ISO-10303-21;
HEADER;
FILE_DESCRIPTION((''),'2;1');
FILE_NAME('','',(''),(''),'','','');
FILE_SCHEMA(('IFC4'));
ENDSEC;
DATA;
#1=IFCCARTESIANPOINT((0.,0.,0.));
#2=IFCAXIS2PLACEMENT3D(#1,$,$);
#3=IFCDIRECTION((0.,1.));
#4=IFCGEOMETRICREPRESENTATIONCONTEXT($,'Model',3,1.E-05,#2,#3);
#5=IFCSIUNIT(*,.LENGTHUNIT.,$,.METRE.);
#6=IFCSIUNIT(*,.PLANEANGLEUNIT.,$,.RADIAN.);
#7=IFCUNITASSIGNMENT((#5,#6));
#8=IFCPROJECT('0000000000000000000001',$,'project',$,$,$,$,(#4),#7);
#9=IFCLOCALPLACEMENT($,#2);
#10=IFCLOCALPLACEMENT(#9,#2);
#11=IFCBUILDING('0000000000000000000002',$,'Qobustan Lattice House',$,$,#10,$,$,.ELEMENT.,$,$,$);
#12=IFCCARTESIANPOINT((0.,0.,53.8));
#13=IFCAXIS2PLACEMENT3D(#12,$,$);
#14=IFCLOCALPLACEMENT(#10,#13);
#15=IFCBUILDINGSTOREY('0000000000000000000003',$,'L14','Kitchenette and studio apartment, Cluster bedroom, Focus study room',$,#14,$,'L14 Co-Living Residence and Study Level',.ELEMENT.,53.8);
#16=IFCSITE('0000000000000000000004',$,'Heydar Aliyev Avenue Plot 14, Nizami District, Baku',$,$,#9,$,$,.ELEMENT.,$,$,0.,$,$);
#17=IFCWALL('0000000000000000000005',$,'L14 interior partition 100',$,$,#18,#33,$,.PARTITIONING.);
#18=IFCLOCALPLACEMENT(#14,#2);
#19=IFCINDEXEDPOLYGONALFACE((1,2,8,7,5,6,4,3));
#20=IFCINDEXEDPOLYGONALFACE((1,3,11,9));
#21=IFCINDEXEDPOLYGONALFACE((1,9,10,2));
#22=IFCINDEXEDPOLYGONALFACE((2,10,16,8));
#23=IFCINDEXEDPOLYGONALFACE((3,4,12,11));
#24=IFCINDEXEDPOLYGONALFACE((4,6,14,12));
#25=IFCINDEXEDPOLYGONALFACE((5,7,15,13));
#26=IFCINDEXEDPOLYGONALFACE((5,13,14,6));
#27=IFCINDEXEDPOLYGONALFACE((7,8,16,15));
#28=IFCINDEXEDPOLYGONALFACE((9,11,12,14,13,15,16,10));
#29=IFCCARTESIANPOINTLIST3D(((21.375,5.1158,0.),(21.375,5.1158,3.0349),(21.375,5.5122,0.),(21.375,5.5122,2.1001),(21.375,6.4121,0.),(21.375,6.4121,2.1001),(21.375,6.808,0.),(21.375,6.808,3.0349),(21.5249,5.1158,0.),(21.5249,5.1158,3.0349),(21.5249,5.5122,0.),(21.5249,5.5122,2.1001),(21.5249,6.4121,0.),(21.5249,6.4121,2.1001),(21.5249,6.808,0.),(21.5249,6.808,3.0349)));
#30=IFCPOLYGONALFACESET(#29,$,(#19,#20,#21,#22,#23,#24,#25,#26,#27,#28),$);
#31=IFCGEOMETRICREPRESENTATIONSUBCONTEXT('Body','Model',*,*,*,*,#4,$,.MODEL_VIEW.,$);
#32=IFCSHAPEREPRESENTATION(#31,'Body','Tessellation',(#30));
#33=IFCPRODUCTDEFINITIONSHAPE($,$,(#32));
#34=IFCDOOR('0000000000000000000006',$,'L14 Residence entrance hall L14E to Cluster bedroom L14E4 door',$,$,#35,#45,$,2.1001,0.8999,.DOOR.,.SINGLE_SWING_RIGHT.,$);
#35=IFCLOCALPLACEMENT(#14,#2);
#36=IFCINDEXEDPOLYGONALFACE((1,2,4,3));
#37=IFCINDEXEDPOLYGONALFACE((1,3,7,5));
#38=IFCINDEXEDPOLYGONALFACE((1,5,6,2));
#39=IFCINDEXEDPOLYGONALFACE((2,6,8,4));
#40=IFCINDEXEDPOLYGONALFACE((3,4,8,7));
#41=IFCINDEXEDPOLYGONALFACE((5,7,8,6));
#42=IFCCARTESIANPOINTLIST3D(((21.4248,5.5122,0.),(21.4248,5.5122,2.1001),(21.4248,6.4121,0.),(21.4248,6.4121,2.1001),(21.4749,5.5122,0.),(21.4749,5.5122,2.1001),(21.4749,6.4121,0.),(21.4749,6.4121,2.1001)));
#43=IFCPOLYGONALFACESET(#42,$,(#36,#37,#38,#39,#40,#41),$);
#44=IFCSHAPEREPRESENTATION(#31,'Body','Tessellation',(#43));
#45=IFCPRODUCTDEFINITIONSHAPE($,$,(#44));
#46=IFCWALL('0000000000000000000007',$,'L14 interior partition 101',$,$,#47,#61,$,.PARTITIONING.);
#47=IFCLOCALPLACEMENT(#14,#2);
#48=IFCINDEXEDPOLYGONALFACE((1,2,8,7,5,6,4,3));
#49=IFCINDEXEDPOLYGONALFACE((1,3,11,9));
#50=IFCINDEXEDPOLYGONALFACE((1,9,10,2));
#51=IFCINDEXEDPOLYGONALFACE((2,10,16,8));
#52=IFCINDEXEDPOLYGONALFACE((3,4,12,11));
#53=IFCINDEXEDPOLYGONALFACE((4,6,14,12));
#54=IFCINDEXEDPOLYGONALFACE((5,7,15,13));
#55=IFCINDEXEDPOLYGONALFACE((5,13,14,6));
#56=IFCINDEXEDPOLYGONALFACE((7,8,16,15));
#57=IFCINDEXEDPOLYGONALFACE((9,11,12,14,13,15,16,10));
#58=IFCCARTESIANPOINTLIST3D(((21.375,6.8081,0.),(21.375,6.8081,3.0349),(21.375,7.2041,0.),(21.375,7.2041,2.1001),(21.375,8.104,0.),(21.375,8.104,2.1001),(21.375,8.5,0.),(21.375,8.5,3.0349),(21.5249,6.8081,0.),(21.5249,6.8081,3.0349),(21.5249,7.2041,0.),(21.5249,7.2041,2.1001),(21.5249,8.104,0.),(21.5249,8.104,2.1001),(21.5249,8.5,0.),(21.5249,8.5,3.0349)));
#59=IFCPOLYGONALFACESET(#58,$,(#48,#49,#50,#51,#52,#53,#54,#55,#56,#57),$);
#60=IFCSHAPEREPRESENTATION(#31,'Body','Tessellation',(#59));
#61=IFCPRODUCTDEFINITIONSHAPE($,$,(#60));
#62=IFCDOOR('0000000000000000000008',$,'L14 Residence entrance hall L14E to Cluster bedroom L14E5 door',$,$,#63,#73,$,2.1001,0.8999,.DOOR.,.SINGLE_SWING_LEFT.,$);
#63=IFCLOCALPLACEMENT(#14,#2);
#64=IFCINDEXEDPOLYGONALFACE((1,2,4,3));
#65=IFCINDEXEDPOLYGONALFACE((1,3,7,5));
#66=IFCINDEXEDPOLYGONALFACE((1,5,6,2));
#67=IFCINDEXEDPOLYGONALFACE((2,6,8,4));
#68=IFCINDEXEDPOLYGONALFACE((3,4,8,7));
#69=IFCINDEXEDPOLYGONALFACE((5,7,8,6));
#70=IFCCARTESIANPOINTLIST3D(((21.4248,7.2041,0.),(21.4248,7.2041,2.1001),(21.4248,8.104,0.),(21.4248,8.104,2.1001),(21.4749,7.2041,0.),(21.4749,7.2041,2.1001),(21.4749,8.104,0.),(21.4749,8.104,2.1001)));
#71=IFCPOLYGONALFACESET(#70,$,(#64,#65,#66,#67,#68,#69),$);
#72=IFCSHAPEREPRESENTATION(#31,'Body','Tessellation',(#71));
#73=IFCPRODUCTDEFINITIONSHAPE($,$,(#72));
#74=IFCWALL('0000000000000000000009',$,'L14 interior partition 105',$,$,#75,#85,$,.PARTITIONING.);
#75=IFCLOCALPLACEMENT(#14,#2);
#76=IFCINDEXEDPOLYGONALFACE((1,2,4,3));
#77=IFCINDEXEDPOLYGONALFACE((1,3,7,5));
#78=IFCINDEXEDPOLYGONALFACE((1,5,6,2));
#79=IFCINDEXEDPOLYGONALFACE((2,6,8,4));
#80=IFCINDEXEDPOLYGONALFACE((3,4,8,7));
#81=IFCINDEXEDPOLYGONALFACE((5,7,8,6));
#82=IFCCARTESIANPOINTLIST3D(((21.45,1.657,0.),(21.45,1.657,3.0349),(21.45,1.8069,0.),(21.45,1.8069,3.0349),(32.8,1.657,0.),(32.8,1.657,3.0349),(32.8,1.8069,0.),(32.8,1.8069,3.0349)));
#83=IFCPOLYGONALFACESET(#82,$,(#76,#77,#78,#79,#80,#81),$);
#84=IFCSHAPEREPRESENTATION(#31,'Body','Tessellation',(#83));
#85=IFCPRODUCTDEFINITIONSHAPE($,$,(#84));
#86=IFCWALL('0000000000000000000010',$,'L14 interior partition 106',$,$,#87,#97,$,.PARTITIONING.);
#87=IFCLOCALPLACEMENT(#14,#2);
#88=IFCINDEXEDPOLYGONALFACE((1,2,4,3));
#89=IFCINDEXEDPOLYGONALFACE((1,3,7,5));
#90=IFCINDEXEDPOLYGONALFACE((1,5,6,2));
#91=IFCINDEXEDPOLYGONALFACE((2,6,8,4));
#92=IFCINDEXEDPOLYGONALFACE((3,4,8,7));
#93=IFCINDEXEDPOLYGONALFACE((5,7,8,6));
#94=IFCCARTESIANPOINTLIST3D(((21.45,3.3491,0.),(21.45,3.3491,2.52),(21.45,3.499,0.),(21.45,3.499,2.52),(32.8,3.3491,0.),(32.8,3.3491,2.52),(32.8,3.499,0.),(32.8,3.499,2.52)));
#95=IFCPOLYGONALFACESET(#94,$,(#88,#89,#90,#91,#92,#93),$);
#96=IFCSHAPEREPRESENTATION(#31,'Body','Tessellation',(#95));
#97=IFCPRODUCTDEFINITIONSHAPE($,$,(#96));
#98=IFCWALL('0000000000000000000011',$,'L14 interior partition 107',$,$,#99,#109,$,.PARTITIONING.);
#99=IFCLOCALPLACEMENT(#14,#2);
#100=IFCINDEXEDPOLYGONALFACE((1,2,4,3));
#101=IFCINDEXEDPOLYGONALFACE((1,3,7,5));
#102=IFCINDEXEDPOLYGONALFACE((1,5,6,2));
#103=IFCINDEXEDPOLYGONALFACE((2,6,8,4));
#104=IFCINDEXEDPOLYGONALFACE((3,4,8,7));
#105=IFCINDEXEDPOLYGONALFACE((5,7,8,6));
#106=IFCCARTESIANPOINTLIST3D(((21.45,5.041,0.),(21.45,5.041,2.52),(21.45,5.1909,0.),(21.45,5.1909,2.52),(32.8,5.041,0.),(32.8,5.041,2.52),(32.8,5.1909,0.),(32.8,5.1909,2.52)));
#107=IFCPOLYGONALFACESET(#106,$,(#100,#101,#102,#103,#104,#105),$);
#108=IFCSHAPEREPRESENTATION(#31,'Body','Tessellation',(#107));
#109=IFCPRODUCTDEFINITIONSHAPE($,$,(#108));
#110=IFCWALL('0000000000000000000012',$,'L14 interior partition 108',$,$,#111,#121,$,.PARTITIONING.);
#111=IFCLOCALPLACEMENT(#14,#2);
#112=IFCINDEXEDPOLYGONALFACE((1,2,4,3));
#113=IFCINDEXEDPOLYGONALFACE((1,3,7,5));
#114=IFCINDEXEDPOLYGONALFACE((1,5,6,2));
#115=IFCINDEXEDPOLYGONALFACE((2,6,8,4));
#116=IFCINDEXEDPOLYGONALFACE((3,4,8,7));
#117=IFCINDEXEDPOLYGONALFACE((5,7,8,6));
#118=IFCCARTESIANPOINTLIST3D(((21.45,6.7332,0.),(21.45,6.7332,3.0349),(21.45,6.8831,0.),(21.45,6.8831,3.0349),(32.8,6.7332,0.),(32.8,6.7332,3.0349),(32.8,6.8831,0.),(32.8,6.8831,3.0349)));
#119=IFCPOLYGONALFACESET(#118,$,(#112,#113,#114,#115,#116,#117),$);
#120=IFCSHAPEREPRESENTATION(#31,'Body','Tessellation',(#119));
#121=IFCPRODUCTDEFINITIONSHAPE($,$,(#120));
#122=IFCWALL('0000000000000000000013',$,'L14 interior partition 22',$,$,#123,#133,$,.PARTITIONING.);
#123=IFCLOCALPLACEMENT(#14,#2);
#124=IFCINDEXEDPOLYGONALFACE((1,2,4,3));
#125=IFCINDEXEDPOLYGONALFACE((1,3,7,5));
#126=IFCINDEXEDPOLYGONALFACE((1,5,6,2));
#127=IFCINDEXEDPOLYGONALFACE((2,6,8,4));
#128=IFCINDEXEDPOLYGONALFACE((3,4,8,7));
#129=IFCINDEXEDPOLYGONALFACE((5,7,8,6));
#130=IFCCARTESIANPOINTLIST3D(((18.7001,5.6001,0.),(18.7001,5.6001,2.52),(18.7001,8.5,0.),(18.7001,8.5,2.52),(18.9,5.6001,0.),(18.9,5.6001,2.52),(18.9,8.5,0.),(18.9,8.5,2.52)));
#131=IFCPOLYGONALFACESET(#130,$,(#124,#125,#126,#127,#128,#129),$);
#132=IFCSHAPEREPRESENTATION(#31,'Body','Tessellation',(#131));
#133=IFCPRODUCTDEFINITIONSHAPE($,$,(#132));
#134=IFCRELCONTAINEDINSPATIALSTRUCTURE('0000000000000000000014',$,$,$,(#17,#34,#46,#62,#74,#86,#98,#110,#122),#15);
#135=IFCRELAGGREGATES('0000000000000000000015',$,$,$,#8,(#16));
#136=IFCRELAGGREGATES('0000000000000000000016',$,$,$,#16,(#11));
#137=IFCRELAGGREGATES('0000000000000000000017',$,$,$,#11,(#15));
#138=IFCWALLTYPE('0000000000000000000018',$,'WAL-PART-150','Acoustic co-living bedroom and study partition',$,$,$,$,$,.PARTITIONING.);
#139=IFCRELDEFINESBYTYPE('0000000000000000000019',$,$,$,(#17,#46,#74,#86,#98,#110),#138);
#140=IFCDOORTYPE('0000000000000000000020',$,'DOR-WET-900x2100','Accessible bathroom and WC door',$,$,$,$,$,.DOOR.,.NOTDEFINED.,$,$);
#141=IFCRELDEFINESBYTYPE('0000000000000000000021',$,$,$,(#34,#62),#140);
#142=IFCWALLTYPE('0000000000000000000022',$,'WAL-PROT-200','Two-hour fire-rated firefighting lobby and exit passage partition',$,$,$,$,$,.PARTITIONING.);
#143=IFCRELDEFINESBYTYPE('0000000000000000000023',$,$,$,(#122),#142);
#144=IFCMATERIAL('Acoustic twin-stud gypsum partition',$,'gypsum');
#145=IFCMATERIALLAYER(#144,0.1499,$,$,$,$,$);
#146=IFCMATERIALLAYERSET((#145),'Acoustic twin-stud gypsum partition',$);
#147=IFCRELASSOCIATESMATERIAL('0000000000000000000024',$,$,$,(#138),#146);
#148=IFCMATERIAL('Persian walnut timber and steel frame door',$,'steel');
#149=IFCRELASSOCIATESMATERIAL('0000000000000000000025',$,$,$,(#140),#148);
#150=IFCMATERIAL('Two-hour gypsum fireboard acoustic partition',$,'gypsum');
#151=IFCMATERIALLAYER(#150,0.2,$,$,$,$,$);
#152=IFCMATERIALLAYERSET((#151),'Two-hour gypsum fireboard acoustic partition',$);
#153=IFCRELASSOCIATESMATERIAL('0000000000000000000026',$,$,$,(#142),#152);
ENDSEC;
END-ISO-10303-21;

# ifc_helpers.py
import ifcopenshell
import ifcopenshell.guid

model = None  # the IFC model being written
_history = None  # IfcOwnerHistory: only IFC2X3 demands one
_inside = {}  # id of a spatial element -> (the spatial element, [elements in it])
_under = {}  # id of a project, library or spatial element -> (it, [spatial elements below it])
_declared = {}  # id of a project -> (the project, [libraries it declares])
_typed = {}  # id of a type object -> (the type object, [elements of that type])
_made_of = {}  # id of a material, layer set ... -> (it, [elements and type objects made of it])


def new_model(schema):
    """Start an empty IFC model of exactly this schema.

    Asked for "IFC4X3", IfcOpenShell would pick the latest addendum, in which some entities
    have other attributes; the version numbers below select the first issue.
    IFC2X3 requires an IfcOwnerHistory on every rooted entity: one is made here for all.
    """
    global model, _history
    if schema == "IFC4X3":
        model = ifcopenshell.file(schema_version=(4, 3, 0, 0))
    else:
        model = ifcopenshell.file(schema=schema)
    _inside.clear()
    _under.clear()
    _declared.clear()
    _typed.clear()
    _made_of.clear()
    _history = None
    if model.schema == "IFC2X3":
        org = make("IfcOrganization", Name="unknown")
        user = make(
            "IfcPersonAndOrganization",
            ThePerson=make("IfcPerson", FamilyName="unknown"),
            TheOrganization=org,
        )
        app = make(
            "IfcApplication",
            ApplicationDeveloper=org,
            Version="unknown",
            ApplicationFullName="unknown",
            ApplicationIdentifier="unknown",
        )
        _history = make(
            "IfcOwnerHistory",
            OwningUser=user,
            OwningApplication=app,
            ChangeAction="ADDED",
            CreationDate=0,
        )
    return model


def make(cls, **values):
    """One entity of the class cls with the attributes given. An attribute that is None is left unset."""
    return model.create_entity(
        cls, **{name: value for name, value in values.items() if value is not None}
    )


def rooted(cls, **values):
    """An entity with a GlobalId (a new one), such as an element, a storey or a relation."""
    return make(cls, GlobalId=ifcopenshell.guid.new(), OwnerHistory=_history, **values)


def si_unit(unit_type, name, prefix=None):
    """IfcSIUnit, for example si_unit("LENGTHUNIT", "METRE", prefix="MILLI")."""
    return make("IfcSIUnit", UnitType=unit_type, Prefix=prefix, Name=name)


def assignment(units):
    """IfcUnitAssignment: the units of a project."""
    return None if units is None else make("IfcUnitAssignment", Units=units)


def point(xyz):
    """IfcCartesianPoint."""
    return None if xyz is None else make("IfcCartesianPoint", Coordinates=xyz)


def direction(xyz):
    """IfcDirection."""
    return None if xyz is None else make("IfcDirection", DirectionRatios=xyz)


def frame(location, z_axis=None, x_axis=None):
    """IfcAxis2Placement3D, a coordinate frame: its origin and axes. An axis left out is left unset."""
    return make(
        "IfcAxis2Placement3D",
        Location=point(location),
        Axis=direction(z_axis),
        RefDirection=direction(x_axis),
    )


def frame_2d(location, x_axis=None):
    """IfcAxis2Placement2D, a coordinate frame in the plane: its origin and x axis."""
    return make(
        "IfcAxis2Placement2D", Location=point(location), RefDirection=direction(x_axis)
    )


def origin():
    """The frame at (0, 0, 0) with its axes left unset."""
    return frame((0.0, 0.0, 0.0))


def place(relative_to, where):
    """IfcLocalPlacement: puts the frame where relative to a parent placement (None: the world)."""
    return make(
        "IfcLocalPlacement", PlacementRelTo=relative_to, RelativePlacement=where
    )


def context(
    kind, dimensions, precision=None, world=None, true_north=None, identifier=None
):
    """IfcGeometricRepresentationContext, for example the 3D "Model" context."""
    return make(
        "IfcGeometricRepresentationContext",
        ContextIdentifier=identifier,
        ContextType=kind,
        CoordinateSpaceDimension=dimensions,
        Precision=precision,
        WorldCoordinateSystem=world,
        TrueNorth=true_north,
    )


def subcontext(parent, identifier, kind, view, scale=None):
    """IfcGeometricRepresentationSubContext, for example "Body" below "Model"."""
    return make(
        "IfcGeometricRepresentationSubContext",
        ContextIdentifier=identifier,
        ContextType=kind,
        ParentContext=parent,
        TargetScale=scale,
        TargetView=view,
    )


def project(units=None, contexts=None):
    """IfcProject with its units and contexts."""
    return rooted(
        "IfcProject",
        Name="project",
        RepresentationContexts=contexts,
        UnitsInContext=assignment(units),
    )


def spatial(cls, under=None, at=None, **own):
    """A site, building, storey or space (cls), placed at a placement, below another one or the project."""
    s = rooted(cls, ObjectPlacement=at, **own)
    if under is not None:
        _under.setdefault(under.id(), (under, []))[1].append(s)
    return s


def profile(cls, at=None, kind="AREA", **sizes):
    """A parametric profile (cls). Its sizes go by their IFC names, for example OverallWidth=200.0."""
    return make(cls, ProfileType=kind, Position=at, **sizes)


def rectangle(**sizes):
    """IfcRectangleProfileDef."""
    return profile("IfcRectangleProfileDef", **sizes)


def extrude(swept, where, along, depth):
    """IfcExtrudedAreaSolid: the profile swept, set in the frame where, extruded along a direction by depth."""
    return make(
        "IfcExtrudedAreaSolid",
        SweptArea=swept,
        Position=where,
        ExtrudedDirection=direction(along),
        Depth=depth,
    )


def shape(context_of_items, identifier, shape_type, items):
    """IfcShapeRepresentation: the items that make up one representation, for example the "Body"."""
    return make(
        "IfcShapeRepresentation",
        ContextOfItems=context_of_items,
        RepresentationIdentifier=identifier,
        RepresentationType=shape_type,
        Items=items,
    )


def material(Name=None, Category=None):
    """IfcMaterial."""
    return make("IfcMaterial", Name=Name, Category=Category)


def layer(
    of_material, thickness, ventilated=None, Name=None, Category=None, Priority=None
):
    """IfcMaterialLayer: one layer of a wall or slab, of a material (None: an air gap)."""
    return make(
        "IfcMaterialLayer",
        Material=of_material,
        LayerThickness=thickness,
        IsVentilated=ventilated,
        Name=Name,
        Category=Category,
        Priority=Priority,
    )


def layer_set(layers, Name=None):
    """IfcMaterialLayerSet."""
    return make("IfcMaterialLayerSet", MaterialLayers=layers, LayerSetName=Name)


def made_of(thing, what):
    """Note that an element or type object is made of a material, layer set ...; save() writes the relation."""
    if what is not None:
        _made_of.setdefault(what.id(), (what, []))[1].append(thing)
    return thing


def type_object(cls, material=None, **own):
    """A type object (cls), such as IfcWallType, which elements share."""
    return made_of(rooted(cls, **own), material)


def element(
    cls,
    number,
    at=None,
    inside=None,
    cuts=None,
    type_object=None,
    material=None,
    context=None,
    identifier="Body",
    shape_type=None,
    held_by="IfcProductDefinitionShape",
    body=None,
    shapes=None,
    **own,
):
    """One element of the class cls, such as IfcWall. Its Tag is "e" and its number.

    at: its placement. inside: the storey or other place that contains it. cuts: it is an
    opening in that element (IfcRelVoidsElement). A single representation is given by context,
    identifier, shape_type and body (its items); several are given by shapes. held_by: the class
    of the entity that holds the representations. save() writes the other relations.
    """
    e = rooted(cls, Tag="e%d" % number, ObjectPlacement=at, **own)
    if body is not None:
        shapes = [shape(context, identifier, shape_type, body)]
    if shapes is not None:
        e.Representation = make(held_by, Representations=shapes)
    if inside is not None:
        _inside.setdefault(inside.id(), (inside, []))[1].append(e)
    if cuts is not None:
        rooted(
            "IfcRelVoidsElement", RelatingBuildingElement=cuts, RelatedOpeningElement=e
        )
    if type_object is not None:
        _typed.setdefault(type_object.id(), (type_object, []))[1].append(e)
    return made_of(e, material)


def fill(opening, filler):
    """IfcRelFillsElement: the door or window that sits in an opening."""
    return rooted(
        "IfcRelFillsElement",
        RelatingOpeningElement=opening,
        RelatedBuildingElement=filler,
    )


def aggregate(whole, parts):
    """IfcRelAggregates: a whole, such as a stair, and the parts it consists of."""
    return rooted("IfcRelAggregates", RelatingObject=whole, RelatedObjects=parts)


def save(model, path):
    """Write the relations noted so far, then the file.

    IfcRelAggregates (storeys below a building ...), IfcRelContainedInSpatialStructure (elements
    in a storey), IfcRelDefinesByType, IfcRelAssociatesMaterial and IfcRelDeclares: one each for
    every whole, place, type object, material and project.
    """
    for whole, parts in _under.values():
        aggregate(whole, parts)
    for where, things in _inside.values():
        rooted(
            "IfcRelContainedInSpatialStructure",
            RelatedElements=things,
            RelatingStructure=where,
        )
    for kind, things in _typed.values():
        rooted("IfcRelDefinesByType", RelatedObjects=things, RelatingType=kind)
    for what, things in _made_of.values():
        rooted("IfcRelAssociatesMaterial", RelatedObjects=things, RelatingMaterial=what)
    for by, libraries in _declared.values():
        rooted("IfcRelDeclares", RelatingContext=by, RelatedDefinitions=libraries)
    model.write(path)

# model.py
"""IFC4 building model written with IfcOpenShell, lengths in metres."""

from ifc_helpers import new_model, si_unit, direction, frame, frame_2d, origin, place, context, subcontext, project, spatial, rectangle, extrude, material, layer, layer_set, type_object, element, fill, save


model = new_model("IFC4")

# Units and contexts
model_context = context("Model", 3, precision=1e-05, world=origin(), true_north=direction((0.0, 1.0)))
body_context = subcontext(model_context, "Body", "Model", "MODEL_VIEW")
ifc_project = project(units=[si_unit("LENGTHUNIT", "METRE"), si_unit("PLANEANGLEUNIT", "RADIAN")], contexts=[model_context])

# Site, building, storey
site_placement = place(None, origin())
site = spatial("IfcSite", under=ifc_project, at=site_placement, Name="Heydar Aliyev Avenue Plot 14, Nizami District, Baku", CompositionType="ELEMENT", RefElevation=0.0)
building_placement = place(site_placement, origin())
building = spatial("IfcBuilding", under=site, at=building_placement, Name="Qobustan Lattice House", CompositionType="ELEMENT")
storey_placement = place(building_placement, frame((0.0, 0.0, 53.8)))
storey = spatial("IfcBuildingStorey", under=building, at=storey_placement, Name="L14", Description="Kitchenette and studio apartment, Cluster bedroom, Focus study room", LongName="L14 Co-Living Residence and Study Level", CompositionType="ELEMENT", Elevation=53.8)

# Shared definitions
ifc_material_1 = material(Name="Acoustic twin-stud gypsum partition", Category="gypsum")
ifc_layer_1 = layer(ifc_material_1, 0.1499)
ifc_layer_set_1 = layer_set([ifc_layer_1], Name="Acoustic twin-stud gypsum partition")
wall_type_1 = type_object("IfcWallType", Name="WAL-PART-150", Description="Acoustic co-living bedroom and study partition", PredefinedType="PARTITIONING", material=ifc_layer_set_1)

# Walls, openings, doors
ifc_material_2 = material(Name="Persian walnut timber and steel frame door", Category="steel")
door_type_1 = type_object("IfcDoorType", Name="DOR-WET-900x2100", Description="Accessible bathroom and WC door", OperationType="NOTDEFINED", PredefinedType="DOOR", material=ifc_material_2)
wall_1_placement = place(storey_placement, frame((21.45, 6.8081, 0.0), z_axis=(0.0, 0.0, 1.0), x_axis=(0.0, -1.0, 0.0)))
wall_1 = element("IfcWall", 1, at=wall_1_placement, inside=storey, type_object=wall_type_1, Name="L14 interior partition 100", PredefinedType="PARTITIONING", context=body_context, shape_type="SweptSolid", body=[
    extrude(rectangle(XDim=1.6921, YDim=0.1499, at=frame_2d((0.8462, 0.0))), origin(), (0.0, 0.0, 1.0), 3.0349),
])
opening_1_placement = place(wall_1_placement, frame((0.396, 0.0, 0.0)))
opening_1 = element("IfcOpeningElement", 2, at=opening_1_placement, cuts=wall_1, PredefinedType="OPENING", context=body_context, shape_type="SweptSolid", body=[
    extrude(rectangle(XDim=0.8999, YDim=2.1001, at=frame_2d((0.45, 1.05))), frame((0.0, 0.085, 0.0), z_axis=(0.0, -1.0, 0.0), x_axis=(1.0, 0.0, 0.0)), (0.0, 0.0, 1.0), 0.1699),
])
door_1_placement = place(opening_1_placement, origin())
door_1 = element("IfcDoor", 3, at=door_1_placement, inside=storey, type_object=door_type_1, Name="L14 Residence entrance hall L14E to Cluster bedroom L14E4 door", OperationType="SINGLE_SWING_RIGHT", OverallHeight=2.1001, OverallWidth=0.8999, PredefinedType="DOOR", context=body_context, shape_type="SweptSolid", body=[
    extrude(rectangle(XDim=0.8999, YDim=2.1001, at=frame_2d((0.45, 1.05))), frame((0.0, 0.0249, 0.0), z_axis=(0.0, -1.0, 0.0), x_axis=(1.0, 0.0, 0.0)), (0.0, 0.0, 1.0), 0.05),
])
fill(opening_1, door_1)
wall_2_placement = place(storey_placement, frame((21.45, 8.5, 0.0), z_axis=(0.0, 0.0, 1.0), x_axis=(0.0, -1.0, 0.0)))
wall_2 = element("IfcWall", 4, at=wall_2_placement, inside=storey, type_object=wall_type_1, Name="L14 interior partition 101", PredefinedType="PARTITIONING", context=body_context, shape_type="SweptSolid", body=[
    extrude(rectangle(XDim=1.6919, YDim=0.1499, at=frame_2d((0.8459, 0.0))), origin(), (0.0, 0.0, 1.0), 3.0349),
])
opening_2_placement = place(wall_2_placement, frame((0.396, 0.0, 0.0)))
opening_2 = element("IfcOpeningElement", 5, at=opening_2_placement, cuts=wall_2, PredefinedType="OPENING", context=body_context, shape_type="SweptSolid", body=[
    extrude(rectangle(XDim=0.8999, YDim=2.1001, at=frame_2d((0.45, 1.05))), frame((0.0, 0.085, 0.0), z_axis=(0.0, -1.0, 0.0), x_axis=(1.0, 0.0, 0.0)), (0.0, 0.0, 1.0), 0.1699),
])
door_2_placement = place(opening_2_placement, origin())
door_2 = element("IfcDoor", 6, at=door_2_placement, inside=storey, type_object=door_type_1, Name="L14 Residence entrance hall L14E to Cluster bedroom L14E5 door", OperationType="SINGLE_SWING_LEFT", OverallHeight=2.1001, OverallWidth=0.8999, PredefinedType="DOOR", context=body_context, shape_type="SweptSolid", body=[
    extrude(rectangle(XDim=0.8999, YDim=2.1001, at=frame_2d((0.45, 1.05))), frame((0.0, 0.0249, 0.0), z_axis=(0.0, -1.0, 0.0), x_axis=(1.0, 0.0, 0.0)), (0.0, 0.0, 1.0), 0.05),
])
fill(opening_2, door_2)

# Walls
wall_3_placement = place(storey_placement, frame((21.45, 1.7319, 0.0), z_axis=(0.0, 0.0, 1.0), x_axis=(1.0, 0.0, 0.0)))
element("IfcWall", 7, at=wall_3_placement, inside=storey, type_object=wall_type_1, Name="L14 interior partition 105", PredefinedType="PARTITIONING", context=body_context, shape_type="SweptSolid", body=[
    extrude(rectangle(XDim=11.3501, YDim=0.1499, at=frame_2d((5.675, 0.0))), origin(), (0.0, 0.0, 1.0), 3.0349),
])
for number, where, z_axis, x_axis, name in (
    (8, (21.45, 3.4241, 0.0), (0.0, 0.0, 1.0), (1.0, 0.0, 0.0), "L14 interior partition 106"),
    (9, (21.45, 5.116, 0.0), (0.0, 0.0, 1.0), (1.0, 0.0, 0.0), "L14 interior partition 107"),
):
    element("IfcWall", number, at=place(storey_placement, frame(where, z_axis=z_axis, x_axis=x_axis)), inside=storey, type_object=wall_type_1, Name=name, PredefinedType="PARTITIONING", context=body_context, shape_type="SweptSolid", body=[
        extrude(rectangle(XDim=11.3501, YDim=0.1499, at=frame_2d((5.675, 0.0))), origin(), (0.0, 0.0, 1.0), 2.52),
    ])
wall_4_placement = place(storey_placement, frame((21.45, 6.8081, 0.0), z_axis=(0.0, 0.0, 1.0), x_axis=(1.0, 0.0, 0.0)))
element("IfcWall", 10, at=wall_4_placement, inside=storey, type_object=wall_type_1, Name="L14 interior partition 108", PredefinedType="PARTITIONING", context=body_context, shape_type="SweptSolid", body=[
    extrude(rectangle(XDim=11.3501, YDim=0.1499, at=frame_2d((5.675, 0.0))), origin(), (0.0, 0.0, 1.0), 3.0349),
])

# Shared definitions
ifc_material_3 = material(Name="Two-hour gypsum fireboard acoustic partition", Category="gypsum")
ifc_layer_2 = layer(ifc_material_3, 0.2)
ifc_layer_set_2 = layer_set([ifc_layer_2], Name="Two-hour gypsum fireboard acoustic partition")
wall_type_2 = type_object("IfcWallType", Name="WAL-PROT-200", Description="Two-hour fire-rated firefighting lobby and exit passage partition", PredefinedType="PARTITIONING", material=ifc_layer_set_2)

# Wall
wall_5_placement = place(storey_placement, frame((18.8, 5.6001, 0.0), z_axis=(0.0, 0.0, 1.0), x_axis=(0.0, 1.0, 0.0)))
element("IfcWall", 11, at=wall_5_placement, inside=storey, type_object=wall_type_2, Name="L14 interior partition 22", PredefinedType="PARTITIONING", context=body_context, shape_type="SweptSolid", body=[
    extrude(rectangle(XDim=2.8999, YDim=0.2, at=frame_2d((1.45, 0.0))), origin(), (0.0, 0.0, 1.0), 2.52),
])

save(model, "model.ifc")
